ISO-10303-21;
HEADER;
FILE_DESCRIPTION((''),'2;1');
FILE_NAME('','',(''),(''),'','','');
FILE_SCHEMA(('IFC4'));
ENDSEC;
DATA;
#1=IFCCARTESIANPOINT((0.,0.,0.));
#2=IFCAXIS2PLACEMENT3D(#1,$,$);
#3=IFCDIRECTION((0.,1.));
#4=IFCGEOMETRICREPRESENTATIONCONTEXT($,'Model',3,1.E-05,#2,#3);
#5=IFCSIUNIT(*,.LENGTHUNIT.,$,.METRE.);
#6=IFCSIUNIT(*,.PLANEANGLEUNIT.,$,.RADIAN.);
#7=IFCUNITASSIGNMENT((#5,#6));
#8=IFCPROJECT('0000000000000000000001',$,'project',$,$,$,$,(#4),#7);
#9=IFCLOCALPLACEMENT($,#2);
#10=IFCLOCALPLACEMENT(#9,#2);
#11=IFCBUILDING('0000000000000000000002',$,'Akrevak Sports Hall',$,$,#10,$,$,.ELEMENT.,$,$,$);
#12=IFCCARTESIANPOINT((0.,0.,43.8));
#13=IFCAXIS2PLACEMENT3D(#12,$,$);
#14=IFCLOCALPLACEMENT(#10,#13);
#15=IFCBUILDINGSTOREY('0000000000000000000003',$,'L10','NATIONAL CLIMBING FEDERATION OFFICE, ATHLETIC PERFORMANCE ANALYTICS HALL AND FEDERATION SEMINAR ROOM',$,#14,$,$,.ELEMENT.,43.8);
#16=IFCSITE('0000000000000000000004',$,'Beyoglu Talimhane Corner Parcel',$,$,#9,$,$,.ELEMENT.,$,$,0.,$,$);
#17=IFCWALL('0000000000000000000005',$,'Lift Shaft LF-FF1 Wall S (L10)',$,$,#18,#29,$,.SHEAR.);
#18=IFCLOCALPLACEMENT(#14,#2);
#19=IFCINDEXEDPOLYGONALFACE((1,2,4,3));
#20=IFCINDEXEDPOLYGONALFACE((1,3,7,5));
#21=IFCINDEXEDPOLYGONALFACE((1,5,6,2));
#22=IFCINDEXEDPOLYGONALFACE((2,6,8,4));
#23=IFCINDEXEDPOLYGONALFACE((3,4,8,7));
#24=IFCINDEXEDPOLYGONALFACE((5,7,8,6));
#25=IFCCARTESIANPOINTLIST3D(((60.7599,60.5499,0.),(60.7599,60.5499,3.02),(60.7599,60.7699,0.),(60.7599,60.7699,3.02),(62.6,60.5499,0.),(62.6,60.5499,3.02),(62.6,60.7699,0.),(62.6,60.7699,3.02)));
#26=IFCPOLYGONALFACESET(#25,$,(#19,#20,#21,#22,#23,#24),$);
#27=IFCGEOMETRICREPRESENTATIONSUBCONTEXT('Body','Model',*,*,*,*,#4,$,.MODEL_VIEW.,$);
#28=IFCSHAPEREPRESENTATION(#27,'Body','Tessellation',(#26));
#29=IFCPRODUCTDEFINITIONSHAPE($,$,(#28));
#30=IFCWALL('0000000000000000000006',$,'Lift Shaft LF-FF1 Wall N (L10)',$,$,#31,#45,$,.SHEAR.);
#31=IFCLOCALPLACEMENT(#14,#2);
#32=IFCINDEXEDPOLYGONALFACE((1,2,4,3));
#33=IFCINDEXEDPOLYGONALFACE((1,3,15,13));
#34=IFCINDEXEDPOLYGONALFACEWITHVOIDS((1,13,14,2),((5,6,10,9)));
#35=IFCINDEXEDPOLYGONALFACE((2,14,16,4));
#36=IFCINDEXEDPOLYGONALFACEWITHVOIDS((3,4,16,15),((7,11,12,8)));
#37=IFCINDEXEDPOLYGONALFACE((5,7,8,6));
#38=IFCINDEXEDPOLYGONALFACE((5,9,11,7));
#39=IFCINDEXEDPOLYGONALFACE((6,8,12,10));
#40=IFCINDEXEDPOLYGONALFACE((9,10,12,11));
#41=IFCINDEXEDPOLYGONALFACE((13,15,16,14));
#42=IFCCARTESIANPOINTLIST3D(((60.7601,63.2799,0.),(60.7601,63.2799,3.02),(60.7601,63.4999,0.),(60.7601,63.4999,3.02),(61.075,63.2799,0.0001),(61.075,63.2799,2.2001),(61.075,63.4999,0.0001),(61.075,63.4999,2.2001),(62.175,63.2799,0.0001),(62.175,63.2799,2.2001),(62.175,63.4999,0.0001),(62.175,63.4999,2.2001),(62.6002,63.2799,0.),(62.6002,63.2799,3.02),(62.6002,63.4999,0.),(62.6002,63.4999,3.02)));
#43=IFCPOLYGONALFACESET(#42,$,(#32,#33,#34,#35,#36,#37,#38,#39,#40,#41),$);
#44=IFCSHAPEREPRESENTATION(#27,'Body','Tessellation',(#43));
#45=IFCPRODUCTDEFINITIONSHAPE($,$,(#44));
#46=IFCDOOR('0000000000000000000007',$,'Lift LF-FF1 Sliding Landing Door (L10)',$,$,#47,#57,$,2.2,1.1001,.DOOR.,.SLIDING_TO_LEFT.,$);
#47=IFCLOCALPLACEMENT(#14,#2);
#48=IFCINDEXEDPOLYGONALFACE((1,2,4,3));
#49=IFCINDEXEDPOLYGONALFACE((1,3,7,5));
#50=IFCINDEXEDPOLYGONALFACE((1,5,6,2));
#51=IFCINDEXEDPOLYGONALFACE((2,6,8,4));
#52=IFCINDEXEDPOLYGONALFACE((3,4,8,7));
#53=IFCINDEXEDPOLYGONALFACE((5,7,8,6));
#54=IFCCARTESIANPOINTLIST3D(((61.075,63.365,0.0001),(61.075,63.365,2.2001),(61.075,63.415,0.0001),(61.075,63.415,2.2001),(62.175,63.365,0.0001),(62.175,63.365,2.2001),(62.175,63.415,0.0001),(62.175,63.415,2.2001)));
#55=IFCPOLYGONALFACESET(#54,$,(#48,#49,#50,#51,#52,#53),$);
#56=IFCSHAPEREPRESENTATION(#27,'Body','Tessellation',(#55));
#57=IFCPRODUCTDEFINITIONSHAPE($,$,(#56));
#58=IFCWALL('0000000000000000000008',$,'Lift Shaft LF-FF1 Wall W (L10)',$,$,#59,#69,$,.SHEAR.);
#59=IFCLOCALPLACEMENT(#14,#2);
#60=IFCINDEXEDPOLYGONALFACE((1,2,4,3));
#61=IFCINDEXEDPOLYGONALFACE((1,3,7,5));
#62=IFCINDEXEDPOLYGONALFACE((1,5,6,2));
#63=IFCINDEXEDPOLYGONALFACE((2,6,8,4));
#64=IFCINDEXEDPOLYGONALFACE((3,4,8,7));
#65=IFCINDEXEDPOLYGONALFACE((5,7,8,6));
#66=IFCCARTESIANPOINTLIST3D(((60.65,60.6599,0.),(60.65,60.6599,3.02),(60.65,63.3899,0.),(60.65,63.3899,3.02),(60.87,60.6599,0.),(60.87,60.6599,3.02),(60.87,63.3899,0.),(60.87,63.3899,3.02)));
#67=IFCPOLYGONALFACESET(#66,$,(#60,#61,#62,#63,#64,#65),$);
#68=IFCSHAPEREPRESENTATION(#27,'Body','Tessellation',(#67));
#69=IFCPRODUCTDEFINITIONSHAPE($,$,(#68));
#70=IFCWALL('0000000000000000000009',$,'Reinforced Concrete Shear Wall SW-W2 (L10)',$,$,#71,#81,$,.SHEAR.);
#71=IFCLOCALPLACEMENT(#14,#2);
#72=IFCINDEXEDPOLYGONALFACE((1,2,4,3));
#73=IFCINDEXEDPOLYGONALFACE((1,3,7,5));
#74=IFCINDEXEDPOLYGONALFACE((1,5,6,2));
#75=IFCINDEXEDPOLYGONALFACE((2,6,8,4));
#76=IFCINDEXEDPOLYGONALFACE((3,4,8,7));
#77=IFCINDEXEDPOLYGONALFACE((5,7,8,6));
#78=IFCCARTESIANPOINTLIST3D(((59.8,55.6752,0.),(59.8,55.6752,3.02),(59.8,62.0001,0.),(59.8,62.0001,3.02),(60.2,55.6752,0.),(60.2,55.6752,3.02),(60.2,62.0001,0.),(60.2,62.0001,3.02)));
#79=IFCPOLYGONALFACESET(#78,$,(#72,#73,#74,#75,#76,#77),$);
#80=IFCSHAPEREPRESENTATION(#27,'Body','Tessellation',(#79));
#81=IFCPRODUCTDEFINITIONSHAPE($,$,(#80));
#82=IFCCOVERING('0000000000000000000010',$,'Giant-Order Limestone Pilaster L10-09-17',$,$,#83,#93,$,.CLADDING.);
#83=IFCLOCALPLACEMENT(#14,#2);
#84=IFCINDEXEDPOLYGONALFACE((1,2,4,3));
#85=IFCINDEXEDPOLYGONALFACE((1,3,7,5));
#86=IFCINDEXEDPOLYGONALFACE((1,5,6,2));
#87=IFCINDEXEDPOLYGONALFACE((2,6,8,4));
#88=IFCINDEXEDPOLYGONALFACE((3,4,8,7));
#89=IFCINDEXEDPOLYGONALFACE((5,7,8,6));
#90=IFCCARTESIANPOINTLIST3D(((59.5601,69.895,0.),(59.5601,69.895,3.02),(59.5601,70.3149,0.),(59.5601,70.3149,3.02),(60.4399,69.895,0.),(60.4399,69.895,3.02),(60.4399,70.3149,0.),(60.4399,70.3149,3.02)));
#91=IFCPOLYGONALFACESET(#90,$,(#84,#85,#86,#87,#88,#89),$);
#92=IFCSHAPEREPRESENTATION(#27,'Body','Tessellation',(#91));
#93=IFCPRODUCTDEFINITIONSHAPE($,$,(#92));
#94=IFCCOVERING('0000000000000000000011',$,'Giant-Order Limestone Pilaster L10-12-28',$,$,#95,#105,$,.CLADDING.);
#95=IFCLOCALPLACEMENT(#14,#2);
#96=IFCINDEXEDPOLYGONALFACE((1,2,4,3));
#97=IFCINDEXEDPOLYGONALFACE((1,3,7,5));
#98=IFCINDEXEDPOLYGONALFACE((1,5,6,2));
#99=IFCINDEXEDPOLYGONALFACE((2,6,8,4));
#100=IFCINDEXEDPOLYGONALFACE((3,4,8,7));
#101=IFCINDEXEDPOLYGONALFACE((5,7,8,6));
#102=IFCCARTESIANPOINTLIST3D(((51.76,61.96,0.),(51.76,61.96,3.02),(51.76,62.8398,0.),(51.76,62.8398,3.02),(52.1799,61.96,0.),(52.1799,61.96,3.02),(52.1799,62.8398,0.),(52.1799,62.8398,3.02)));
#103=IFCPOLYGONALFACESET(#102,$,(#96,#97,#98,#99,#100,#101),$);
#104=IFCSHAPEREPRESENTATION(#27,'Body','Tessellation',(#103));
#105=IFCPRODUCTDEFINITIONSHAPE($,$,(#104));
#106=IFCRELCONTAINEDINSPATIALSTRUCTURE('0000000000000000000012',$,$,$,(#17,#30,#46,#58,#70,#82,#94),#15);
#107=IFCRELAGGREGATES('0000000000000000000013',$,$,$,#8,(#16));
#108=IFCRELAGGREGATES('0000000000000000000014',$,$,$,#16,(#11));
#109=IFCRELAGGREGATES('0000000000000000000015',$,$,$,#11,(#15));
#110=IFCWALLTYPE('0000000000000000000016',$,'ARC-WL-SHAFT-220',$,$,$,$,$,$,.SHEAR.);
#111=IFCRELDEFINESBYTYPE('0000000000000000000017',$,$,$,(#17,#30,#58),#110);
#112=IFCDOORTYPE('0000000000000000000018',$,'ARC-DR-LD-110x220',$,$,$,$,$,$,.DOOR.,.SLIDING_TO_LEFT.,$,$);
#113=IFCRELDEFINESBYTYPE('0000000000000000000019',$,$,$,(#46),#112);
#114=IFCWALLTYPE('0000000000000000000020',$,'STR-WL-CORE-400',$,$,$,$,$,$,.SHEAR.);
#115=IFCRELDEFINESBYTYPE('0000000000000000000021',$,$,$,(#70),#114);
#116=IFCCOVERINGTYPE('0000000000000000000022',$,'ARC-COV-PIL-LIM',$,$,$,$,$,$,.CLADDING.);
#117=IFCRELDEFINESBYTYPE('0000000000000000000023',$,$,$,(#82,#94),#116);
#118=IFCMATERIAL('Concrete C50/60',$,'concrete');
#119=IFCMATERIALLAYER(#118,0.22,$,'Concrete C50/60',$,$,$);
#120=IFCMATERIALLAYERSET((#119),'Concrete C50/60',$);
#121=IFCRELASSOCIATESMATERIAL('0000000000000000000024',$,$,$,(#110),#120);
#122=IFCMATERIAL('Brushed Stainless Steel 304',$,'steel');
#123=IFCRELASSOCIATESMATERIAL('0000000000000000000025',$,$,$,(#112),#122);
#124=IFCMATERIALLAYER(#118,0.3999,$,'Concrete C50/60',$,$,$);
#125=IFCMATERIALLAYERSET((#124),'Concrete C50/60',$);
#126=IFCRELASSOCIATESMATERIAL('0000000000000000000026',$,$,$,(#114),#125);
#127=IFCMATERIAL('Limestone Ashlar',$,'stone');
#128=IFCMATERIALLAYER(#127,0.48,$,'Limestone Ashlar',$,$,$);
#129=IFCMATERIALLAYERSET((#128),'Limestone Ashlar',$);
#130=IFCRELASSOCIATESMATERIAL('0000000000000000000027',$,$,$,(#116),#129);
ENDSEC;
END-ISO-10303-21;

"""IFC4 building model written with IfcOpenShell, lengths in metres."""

from ifc_helpers import new_model, si_unit, direction, frame, frame_2d, origin, origin_2d, place, context, subcontext, project, spatial, rectangle, extrude, material, layer, layer_set, type_object, element, fill, save


model = new_model("IFC4")

# Units and contexts
model_context = context("Model", 3, precision=1e-05, world=origin(), true_north=direction((0.0, 1.0)))
body_context = subcontext(model_context, "Body", "Model", "MODEL_VIEW")
ifc_project = project(units=[si_unit("LENGTHUNIT", "METRE"), si_unit("PLANEANGLEUNIT", "RADIAN")], contexts=[model_context])

# Site, building, storey
site_placement = place(None, origin())
site = spatial("IfcSite", under=ifc_project, at=site_placement, Name="Beyoglu Talimhane Corner Parcel", CompositionType="ELEMENT", RefElevation=0.0)
building_placement = place(site_placement, origin())
building = spatial("IfcBuilding", under=site, at=building_placement, Name="Akrevak Sports Hall", CompositionType="ELEMENT")
storey_placement = place(building_placement, frame((0.0, 0.0, 43.8)))
storey = spatial("IfcBuildingStorey", under=building, at=storey_placement, Name="L10", Description="NATIONAL CLIMBING FEDERATION OFFICE, ATHLETIC PERFORMANCE ANALYTICS HALL AND FEDERATION SEMINAR ROOM", CompositionType="ELEMENT", Elevation=43.8)

# Shared definitions
ifc_material_1 = material(Name="Concrete C50/60", Category="concrete")

# Shared definitions
ifc_material_2 = material(Name="Limestone Ashlar", Category="stone")

# Wall
ifc_layer_1 = layer(ifc_material_1, 0.22, Name="Concrete C50/60")
ifc_layer_set_1 = layer_set([ifc_layer_1], Name="Concrete C50/60")
wall_type_1 = type_object("IfcWallType", Name="ARC-WL-SHAFT-220", PredefinedType="SHEAR", material=ifc_layer_set_1)
wall_1_placement = place(storey_placement, frame((60.76, 60.6599, 0.0), z_axis=(0.0, 0.0, 1.0), x_axis=(1.0, 0.0, 0.0)))
element("IfcWall", 1, at=wall_1_placement, inside=storey, type_object=wall_type_1, Name="Lift Shaft LF-FF1 Wall S (L10)", PredefinedType="SHEAR", context=body_context, shape_type="SweptSolid", body=[
    extrude(rectangle(XDim=1.8401, YDim=0.22, at=frame_2d((0.9199, 0.0))), origin(), (0.0, 0.0, 1.0), 3.02),
])

# Wall, opening, door
wall_2_placement = place(storey_placement, frame((62.6001, 63.3899, 0.0), z_axis=(0.0, 0.0, 1.0), x_axis=(-1.0, 0.0, 0.0)))
wall_2 = element("IfcWall", 2, at=wall_2_placement, inside=storey, type_object=wall_type_1, Name="Lift Shaft LF-FF1 Wall N (L10)", PredefinedType="SHEAR", context=body_context, shape_type="SweptSolid", body=[
    extrude(rectangle(XDim=1.8401, YDim=0.22, at=frame_2d((0.9199, 0.0))), origin(), (0.0, 0.0, 1.0), 3.02),
])
opening_1_placement = place(wall_2_placement, frame((0.425, 0.0, 0.0)))
opening_1 = element("IfcOpeningElement", 3, at=opening_1_placement, cuts=wall_2, PredefinedType="OPENING", context=body_context, shape_type="SweptSolid", body=[
    extrude(rectangle(XDim=1.1001, YDim=2.2, at=frame_2d((0.55, 1.1001))), frame((0.0, 0.1221, 0.0), z_axis=(0.0, -1.0, 0.0), x_axis=(1.0, 0.0, 0.0)), (0.0, 0.0, 1.0), 0.2439),
])
ifc_material_3 = material(Name="Brushed Stainless Steel 304", Category="steel")
door_type_1 = type_object("IfcDoorType", Name="ARC-DR-LD-110x220", OperationType="SLIDING_TO_LEFT", PredefinedType="DOOR", material=ifc_material_3)
door_1_placement = place(opening_1_placement, origin())
door_1 = element("IfcDoor", 4, at=door_1_placement, inside=storey, type_object=door_type_1, Name="Lift LF-FF1 Sliding Landing Door (L10)", OperationType="SLIDING_TO_LEFT", OverallHeight=2.2, OverallWidth=1.1001, PredefinedType="DOOR", context=body_context, shape_type="SweptSolid", body=[
    extrude(rectangle(XDim=1.1001, YDim=2.2, at=frame_2d((0.55, 1.1001))), frame((0.0, 0.0249, 0.0), z_axis=(0.0, -1.0, 0.0), x_axis=(1.0, 0.0, 0.0)), (0.0, 0.0, 1.0), 0.05),
])
fill(opening_1, door_1)

# Walls
wall_3_placement = place(storey_placement, frame((60.76, 63.3899, 0.0), z_axis=(0.0, 0.0, 1.0), x_axis=(0.0, -1.0, 0.0)))
element("IfcWall", 5, at=wall_3_placement, inside=storey, type_object=wall_type_1, Name="Lift Shaft LF-FF1 Wall W (L10)", PredefinedType="SHEAR", context=body_context, shape_type="SweptSolid", body=[
    extrude(rectangle(XDim=2.73, YDim=0.22, at=frame_2d((1.365, 0.0))), origin(), (0.0, 0.0, 1.0), 3.02),
])
ifc_layer_2 = layer(ifc_material_1, 0.3999, Name="Concrete C50/60")
ifc_layer_set_2 = layer_set([ifc_layer_2], Name="Concrete C50/60")
wall_type_2 = type_object("IfcWallType", Name="STR-WL-CORE-400", PredefinedType="SHEAR", material=ifc_layer_set_2)
wall_4_placement = place(storey_placement, frame((60.0, 55.675, 0.0), z_axis=(0.0, 0.0, 1.0), x_axis=(0.0, 1.0, 0.0)))
element("IfcWall", 6, at=wall_4_placement, inside=storey, type_object=wall_type_2, Name="Reinforced Concrete Shear Wall SW-W2 (L10)", PredefinedType="SHEAR", context=body_context, shape_type="SweptSolid", body=[
    extrude(rectangle(XDim=6.325, YDim=0.3999, at=frame_2d((3.1626, 0.0))), origin(), (0.0, 0.0, 1.0), 3.02),
])

# Coverings
ifc_layer_3 = layer(ifc_material_2, 0.48, Name="Limestone Ashlar")
ifc_layer_set_3 = layer_set([ifc_layer_3], Name="Limestone Ashlar")
covering_type = type_object("IfcCoveringType", Name="ARC-COV-PIL-LIM", PredefinedType="CLADDING", material=ifc_layer_set_3)
for number, where, z_axis, x_axis, name in (
    (7, (60.0, 70.105, 0.0), (0.0, 0.0, 1.0), (-1.0, 0.0, 0.0), "Giant-Order Limestone Pilaster L10-09-17"),
    (8, (51.97, 62.3999, 0.0), (0.0, 0.0, 1.0), (0.0, -1.0, 0.0), "Giant-Order Limestone Pilaster L10-12-28"),
):
    element("IfcCovering", number, at=place(storey_placement, frame(where, z_axis=z_axis, x_axis=x_axis)), inside=storey, type_object=covering_type, Name=name, PredefinedType="CLADDING", context=body_context, shape_type="SweptSolid", body=[
        extrude(rectangle(XDim=0.8799, YDim=0.4199, at=origin_2d()), origin(), (0.0, 0.0, 1.0), 3.02),
    ])

save(model, "model.ifc")
